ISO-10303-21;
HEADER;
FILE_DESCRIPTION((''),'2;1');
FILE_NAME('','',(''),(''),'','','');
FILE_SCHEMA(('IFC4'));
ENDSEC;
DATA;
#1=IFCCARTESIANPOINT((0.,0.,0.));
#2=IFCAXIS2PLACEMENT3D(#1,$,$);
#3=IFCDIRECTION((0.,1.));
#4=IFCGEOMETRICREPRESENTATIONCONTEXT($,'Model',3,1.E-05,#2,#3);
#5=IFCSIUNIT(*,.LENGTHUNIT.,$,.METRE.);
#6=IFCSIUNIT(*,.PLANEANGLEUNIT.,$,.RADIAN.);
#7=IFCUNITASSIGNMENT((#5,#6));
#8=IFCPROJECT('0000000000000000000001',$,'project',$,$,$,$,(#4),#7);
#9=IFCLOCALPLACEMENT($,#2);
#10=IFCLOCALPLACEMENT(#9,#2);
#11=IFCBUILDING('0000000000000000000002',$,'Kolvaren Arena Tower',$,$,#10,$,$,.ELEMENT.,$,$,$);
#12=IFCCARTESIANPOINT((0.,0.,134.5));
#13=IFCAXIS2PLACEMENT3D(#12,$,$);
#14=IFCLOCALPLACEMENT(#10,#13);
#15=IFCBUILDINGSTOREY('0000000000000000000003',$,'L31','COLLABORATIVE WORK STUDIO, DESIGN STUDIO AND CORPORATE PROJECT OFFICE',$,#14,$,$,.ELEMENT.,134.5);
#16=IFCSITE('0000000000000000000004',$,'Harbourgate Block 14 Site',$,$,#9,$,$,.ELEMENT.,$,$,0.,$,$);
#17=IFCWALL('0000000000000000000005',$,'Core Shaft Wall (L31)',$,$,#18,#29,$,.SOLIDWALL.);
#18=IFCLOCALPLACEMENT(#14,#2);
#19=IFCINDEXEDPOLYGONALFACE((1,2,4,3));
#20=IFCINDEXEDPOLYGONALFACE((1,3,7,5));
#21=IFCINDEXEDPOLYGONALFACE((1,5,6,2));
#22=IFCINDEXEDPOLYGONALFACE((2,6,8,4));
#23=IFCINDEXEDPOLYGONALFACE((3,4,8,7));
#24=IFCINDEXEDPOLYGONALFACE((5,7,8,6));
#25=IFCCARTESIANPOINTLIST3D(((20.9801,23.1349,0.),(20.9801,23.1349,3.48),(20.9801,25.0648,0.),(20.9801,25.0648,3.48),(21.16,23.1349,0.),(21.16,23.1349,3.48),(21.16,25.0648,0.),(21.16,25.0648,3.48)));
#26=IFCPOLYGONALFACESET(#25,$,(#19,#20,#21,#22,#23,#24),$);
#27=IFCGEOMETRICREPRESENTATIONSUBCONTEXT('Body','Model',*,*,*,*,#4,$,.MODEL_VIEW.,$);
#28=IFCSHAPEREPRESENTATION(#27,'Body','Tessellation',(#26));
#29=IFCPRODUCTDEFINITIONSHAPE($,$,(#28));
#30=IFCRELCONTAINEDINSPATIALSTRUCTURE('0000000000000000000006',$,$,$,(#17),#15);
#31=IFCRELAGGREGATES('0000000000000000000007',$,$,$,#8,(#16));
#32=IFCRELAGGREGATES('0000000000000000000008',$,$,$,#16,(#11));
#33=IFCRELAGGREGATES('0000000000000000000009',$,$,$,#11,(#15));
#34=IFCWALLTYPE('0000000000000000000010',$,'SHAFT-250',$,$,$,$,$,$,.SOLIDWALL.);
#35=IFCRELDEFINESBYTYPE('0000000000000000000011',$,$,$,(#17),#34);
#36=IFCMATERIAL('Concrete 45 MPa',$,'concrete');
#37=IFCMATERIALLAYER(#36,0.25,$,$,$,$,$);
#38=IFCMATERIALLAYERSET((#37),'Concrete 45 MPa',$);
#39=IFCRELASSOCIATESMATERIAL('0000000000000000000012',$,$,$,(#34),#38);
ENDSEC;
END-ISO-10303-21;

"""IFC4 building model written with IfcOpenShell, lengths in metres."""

from ifc_helpers import new_model, si_unit, direction, frame, frame_2d, origin, place, context, subcontext, project, spatial, rectangle, extrude, material, layer, layer_set, type_object, element, save


model = new_model("IFC4")

# Units and contexts
model_context = context("Model", 3, precision=1e-05, world=origin(), true_north=direction((0.0, 1.0)))
body_context = subcontext(model_context, "Body", "Model", "MODEL_VIEW")
ifc_project = project(units=[si_unit("LENGTHUNIT", "METRE"), si_unit("PLANEANGLEUNIT", "RADIAN")], contexts=[model_context])

# Site, building, storey
site_placement = place(None, origin())
site = spatial("IfcSite", under=ifc_project, at=site_placement, Name="Harbourgate Block 14 Site", CompositionType="ELEMENT", RefElevation=0.0)
building_placement = place(site_placement, origin())
building = spatial("IfcBuilding", under=site, at=building_placement, Name="Kolvaren Arena Tower", CompositionType="ELEMENT")
storey_placement = place(building_placement, frame((0.0, 0.0, 134.5)))
storey = spatial("IfcBuildingStorey", under=building, at=storey_placement, Name="L31", Description="COLLABORATIVE WORK STUDIO, DESIGN STUDIO AND CORPORATE PROJECT OFFICE", CompositionType="ELEMENT", Elevation=134.5)

# Shared definitions
ifc_material_1 = material(Name="Concrete 45 MPa", Category="concrete")
ifc_layer_1 = layer(ifc_material_1, 0.25)
ifc_layer_set_1 = layer_set([ifc_layer_1], Name="Concrete 45 MPa")
wall_type_1 = type_object("IfcWallType", Name="SHAFT-250", PredefinedType="SOLIDWALL", material=ifc_layer_set_1)

# Wall
wall_1_placement = place(storey_placement, frame((21.0701, 23.135, 0.0), z_axis=(0.0, 0.0, 1.0), x_axis=(0.0, 1.0, 0.0)))
element("IfcWall", 1, at=wall_1_placement, inside=storey, type_object=wall_type_1, Name="Core Shaft Wall (L31)", PredefinedType="SOLIDWALL", context=body_context, shape_type="SweptSolid", body=[
    extrude(rectangle(XDim=1.9299, YDim=0.1799, at=frame_2d((0.9648, 0.0))), origin(), (0.0, 0.0, 1.0), 3.48),
])

save(model, "model.ifc")
